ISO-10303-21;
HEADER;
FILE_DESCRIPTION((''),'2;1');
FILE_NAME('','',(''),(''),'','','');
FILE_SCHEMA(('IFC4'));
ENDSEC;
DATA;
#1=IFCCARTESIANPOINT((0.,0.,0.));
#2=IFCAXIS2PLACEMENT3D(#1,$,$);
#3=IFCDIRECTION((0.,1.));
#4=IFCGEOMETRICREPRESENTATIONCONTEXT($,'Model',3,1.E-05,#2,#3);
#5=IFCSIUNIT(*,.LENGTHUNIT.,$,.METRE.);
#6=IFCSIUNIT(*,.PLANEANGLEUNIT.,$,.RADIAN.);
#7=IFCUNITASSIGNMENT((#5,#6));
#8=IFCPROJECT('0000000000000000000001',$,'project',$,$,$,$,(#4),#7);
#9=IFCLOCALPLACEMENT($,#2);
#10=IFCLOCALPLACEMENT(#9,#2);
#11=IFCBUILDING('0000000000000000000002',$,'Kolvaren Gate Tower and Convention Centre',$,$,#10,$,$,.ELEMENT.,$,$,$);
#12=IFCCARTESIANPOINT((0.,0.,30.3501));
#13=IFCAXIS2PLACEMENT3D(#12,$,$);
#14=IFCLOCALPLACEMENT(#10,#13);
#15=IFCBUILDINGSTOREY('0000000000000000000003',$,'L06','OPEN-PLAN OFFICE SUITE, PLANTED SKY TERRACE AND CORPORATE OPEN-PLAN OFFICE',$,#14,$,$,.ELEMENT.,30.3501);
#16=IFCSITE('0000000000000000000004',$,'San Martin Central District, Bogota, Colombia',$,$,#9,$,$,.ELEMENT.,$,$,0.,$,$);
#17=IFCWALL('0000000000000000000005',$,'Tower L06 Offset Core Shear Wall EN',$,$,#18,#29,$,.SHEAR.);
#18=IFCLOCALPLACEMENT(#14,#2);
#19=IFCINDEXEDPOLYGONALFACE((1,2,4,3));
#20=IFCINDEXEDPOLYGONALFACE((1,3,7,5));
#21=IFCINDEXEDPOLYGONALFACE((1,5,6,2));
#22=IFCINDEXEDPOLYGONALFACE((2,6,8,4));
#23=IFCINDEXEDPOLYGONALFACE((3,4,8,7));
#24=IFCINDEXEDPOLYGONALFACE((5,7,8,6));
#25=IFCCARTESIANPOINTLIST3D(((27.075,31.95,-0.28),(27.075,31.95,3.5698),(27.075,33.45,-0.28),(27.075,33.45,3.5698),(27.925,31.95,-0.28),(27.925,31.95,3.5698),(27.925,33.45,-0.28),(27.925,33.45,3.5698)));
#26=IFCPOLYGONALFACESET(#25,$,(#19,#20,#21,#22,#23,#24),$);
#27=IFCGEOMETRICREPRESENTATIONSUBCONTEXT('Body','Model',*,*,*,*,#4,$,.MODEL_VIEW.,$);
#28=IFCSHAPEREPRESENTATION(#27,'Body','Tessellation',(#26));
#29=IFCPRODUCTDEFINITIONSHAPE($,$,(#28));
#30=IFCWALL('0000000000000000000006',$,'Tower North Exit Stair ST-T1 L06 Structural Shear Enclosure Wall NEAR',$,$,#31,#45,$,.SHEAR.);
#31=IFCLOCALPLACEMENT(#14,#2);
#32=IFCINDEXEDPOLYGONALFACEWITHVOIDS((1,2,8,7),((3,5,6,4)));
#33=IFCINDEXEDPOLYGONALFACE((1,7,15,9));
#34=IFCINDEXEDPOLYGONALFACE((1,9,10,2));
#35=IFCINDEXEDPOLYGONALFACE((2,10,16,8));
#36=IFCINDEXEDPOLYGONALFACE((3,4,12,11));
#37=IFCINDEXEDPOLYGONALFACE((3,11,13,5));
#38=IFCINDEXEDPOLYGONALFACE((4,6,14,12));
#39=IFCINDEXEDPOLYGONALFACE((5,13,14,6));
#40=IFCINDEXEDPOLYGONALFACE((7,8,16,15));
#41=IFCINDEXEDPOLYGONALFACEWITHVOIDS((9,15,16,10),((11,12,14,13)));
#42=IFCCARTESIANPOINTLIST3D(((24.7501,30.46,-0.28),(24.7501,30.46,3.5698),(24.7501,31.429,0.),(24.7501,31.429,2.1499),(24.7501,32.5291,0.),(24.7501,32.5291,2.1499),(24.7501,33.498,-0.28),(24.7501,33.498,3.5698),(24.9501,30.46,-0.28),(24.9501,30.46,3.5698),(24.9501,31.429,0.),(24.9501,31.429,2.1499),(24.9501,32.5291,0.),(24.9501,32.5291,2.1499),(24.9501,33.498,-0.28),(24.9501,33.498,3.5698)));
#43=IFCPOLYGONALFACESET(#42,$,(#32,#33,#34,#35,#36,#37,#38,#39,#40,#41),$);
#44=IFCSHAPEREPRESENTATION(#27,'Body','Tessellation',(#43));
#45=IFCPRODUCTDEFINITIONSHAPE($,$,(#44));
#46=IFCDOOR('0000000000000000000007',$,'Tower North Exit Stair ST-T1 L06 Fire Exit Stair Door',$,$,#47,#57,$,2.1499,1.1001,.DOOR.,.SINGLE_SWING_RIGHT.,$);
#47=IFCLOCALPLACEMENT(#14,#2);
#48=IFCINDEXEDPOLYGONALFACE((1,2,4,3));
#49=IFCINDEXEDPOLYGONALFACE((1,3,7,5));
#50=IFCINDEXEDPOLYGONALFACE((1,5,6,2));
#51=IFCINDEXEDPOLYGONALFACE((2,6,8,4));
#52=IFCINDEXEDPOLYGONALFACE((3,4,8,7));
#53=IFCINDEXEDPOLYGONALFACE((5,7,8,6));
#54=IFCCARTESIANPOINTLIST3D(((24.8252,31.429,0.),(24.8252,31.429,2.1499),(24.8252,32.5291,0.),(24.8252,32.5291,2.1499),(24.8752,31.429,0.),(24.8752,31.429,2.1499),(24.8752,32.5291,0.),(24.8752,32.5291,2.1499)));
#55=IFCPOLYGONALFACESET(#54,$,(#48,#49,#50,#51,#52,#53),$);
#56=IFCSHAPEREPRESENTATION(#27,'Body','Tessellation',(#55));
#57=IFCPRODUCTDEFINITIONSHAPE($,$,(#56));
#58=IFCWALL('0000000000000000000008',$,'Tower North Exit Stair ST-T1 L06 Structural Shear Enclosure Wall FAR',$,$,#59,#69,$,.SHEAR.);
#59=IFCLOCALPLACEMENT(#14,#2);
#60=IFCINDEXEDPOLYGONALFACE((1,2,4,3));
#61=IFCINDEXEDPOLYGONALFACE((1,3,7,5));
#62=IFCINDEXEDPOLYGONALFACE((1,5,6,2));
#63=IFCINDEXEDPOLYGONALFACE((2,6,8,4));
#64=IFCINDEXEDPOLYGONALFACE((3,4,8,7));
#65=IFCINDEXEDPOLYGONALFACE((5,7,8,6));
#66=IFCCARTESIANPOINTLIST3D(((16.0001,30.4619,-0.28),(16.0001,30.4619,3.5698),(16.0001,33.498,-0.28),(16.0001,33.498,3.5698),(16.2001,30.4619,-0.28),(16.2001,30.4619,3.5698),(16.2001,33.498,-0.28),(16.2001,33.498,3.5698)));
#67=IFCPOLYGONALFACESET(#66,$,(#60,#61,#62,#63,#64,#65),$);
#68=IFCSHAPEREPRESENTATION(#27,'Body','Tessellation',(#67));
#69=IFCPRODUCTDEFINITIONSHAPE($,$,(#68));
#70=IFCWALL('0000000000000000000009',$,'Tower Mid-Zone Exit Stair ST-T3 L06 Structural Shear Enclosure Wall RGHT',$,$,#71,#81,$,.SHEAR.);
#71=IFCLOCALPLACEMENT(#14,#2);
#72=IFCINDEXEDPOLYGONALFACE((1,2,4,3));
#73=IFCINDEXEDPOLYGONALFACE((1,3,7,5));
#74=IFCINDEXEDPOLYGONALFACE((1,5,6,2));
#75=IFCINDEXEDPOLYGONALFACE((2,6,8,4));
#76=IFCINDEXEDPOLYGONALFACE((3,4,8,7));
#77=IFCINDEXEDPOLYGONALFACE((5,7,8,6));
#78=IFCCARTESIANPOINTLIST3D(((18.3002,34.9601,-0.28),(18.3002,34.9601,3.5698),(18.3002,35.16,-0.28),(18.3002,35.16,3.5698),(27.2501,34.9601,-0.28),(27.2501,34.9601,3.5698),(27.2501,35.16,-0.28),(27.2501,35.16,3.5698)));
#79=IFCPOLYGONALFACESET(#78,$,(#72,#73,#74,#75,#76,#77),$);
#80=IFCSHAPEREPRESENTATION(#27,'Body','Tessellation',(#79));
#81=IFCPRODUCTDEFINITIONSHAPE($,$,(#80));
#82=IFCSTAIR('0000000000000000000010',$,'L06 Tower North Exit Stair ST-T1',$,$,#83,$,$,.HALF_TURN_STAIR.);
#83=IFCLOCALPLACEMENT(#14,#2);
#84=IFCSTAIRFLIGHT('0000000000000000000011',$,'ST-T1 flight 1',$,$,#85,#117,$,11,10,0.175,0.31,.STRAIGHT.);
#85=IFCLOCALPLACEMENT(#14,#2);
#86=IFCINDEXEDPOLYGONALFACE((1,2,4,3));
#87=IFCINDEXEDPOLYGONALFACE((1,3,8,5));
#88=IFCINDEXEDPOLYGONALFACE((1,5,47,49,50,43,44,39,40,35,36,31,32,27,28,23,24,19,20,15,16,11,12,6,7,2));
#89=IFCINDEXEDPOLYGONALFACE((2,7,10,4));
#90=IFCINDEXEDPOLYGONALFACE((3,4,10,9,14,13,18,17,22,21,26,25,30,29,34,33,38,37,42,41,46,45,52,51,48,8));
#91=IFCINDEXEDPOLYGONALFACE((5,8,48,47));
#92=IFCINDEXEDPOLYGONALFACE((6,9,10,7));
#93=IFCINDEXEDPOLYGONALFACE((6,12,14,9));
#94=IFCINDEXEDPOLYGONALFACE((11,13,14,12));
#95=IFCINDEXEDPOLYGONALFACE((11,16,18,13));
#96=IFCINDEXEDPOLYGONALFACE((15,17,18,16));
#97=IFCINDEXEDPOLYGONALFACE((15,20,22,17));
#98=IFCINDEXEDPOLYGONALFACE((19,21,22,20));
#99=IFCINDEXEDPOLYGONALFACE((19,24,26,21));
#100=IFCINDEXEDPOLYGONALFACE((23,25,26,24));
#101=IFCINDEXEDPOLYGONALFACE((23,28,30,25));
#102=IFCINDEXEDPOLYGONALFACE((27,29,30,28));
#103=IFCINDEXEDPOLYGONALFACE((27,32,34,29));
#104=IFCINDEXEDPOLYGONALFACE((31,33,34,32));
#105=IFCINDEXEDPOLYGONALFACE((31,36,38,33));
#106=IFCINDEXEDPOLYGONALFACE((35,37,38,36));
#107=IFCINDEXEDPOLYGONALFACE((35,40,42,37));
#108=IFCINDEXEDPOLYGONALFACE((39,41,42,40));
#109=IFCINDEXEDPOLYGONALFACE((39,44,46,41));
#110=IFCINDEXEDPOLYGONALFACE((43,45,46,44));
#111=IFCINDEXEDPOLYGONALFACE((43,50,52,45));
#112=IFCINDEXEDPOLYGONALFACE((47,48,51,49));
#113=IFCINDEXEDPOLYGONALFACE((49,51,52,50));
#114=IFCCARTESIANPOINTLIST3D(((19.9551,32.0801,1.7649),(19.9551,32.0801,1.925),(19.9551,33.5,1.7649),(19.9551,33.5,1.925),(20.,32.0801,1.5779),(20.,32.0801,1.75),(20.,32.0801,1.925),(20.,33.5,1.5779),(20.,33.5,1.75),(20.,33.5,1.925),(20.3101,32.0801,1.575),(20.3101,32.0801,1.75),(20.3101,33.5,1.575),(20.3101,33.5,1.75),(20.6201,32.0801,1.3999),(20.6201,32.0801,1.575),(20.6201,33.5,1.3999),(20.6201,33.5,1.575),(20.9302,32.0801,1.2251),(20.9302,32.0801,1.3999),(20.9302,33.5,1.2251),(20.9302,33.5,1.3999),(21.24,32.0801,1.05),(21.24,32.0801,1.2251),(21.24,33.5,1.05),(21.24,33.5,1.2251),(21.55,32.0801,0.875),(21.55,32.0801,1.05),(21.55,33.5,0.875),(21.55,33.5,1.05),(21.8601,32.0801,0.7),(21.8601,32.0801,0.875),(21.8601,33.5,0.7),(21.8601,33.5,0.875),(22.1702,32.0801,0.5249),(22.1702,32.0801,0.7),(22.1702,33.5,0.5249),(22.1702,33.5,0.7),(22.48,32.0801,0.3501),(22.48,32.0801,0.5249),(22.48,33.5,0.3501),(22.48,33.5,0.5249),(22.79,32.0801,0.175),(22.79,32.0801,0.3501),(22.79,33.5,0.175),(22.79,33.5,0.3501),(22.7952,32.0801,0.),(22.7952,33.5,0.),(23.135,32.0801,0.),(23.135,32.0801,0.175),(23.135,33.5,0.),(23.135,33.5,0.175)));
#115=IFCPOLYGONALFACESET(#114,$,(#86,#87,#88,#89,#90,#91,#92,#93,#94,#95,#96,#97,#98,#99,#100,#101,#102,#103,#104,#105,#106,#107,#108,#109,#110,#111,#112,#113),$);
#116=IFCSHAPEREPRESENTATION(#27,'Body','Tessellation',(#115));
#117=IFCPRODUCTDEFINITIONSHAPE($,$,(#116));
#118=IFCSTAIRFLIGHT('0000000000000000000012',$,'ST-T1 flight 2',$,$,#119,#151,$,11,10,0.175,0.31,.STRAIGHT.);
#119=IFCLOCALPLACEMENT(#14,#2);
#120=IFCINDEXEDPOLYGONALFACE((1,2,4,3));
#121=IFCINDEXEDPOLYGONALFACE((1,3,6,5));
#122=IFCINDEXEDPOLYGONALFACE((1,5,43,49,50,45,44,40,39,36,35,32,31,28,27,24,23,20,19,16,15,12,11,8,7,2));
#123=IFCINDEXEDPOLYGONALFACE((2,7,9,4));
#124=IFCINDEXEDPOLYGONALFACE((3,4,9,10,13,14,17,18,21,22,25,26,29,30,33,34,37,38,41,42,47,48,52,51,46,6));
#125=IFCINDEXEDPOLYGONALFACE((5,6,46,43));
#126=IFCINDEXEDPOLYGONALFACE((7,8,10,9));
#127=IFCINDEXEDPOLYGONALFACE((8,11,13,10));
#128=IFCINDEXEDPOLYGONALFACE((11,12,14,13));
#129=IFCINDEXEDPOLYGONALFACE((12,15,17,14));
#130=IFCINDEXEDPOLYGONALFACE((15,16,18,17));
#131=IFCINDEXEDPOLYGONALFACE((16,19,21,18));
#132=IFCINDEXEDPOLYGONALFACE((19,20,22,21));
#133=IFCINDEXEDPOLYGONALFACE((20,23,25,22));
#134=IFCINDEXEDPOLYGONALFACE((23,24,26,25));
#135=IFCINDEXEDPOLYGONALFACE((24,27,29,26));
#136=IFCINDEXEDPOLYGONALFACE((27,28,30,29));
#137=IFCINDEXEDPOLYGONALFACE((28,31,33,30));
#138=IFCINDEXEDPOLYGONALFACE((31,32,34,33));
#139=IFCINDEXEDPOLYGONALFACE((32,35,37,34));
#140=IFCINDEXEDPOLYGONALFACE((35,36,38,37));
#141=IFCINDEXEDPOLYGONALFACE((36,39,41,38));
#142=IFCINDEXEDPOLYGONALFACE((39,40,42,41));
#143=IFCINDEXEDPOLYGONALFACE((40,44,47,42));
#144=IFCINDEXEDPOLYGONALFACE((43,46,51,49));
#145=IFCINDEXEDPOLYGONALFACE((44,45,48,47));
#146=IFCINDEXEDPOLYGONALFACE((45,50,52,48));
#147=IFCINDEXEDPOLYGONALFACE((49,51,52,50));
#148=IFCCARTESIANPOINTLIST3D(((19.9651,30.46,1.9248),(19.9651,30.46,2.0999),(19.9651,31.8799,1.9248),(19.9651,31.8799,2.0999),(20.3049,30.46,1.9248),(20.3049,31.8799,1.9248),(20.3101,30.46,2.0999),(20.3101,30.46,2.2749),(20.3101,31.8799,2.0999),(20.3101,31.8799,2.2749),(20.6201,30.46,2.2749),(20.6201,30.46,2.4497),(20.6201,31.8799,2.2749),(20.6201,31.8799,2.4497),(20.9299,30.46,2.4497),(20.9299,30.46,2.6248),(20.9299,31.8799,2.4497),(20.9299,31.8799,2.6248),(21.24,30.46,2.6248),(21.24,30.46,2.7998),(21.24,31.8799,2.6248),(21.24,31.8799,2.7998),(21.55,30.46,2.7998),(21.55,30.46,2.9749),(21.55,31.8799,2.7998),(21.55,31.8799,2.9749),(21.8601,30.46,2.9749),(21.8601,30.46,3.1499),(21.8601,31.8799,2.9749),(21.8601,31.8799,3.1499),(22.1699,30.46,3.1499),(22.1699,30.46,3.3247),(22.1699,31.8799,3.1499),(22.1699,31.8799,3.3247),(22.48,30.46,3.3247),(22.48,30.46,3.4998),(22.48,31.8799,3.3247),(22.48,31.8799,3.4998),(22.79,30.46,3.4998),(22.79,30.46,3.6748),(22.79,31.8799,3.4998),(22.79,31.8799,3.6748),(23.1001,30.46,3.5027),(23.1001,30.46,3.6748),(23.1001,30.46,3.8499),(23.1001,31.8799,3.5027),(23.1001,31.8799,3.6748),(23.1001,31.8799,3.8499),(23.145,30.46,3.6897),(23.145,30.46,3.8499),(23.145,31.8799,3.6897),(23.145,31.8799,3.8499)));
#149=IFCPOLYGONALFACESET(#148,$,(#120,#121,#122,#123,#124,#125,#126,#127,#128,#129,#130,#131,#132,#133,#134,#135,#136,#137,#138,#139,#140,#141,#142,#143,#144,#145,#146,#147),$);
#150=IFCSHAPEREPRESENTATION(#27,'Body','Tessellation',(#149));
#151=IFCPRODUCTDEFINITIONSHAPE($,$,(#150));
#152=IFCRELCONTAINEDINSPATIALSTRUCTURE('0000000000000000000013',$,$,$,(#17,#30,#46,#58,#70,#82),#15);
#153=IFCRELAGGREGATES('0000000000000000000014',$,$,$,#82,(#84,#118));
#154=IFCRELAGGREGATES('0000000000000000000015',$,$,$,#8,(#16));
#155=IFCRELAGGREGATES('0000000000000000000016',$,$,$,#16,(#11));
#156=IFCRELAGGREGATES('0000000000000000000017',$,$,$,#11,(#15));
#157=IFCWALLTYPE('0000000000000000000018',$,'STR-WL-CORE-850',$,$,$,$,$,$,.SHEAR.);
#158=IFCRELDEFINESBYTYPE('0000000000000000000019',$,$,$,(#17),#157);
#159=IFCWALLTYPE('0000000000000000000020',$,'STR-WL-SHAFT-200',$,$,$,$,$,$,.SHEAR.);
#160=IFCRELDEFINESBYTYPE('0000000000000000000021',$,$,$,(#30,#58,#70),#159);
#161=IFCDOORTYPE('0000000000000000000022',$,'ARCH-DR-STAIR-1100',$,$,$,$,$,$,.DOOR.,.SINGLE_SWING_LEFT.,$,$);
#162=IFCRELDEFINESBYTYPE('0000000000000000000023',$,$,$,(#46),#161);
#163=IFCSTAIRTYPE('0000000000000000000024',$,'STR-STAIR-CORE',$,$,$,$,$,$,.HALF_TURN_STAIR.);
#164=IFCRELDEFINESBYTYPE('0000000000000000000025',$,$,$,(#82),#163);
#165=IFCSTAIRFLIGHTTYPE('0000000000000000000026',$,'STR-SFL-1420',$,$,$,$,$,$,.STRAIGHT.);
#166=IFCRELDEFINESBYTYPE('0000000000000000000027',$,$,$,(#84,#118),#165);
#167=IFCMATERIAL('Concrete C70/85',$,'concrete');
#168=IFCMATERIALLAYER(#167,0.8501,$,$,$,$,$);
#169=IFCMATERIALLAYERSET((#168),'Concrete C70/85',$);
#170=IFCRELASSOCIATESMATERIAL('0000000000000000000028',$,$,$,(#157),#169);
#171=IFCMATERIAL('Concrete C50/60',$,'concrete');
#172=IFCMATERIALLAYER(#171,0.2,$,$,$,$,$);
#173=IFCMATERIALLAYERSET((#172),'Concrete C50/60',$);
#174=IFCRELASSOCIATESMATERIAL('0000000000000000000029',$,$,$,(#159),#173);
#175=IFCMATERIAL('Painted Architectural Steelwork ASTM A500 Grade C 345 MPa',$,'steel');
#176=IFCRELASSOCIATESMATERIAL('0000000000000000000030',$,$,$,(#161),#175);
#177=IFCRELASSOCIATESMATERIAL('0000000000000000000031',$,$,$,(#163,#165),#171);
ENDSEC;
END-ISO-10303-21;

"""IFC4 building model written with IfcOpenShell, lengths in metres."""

from ifc_helpers import new_model, si_unit, direction, frame, frame_2d, origin, place, context, subcontext, project, spatial, polyline, rectangle, outline, extrude, material, layer, layer_set, type_object, element, fill, aggregate, save


model = new_model("IFC4")

# Units and contexts
model_context = context("Model", 3, precision=1e-05, world=origin(), true_north=direction((0.0, 1.0)))
body_context = subcontext(model_context, "Body", "Model", "MODEL_VIEW")
ifc_project = project(units=[si_unit("LENGTHUNIT", "METRE"), si_unit("PLANEANGLEUNIT", "RADIAN")], contexts=[model_context])

# Site, building, storey
site_placement = place(None, origin())
site = spatial("IfcSite", under=ifc_project, at=site_placement, Name="San Martin Central District, Bogota, Colombia", CompositionType="ELEMENT", RefElevation=0.0)
building_placement = place(site_placement, origin())
building = spatial("IfcBuilding", under=site, at=building_placement, Name="Kolvaren Gate Tower and Convention Centre", CompositionType="ELEMENT")
storey_placement = place(building_placement, frame((0.0, 0.0, 30.3501)))
storey = spatial("IfcBuildingStorey", under=building, at=storey_placement, Name="L06", Description="OPEN-PLAN OFFICE SUITE, PLANTED SKY TERRACE AND CORPORATE OPEN-PLAN OFFICE", CompositionType="ELEMENT", Elevation=30.3501)

# Wall
ifc_material_1 = material(Name="Concrete C70/85", Category="concrete")
ifc_layer_1 = layer(ifc_material_1, 0.8501)
ifc_layer_set_1 = layer_set([ifc_layer_1], Name="Concrete C70/85")
wall_type_1 = type_object("IfcWallType", Name="STR-WL-CORE-850", PredefinedType="SHEAR", material=ifc_layer_set_1)
wall_1_placement = place(storey_placement, frame((27.5, 31.95, -0.28), z_axis=(0.0, 0.0, 1.0), x_axis=(0.0, 1.0, 0.0)))
element("IfcWall", 1, at=wall_1_placement, inside=storey, type_object=wall_type_1, Name="Tower L06 Offset Core Shear Wall EN", PredefinedType="SHEAR", context=body_context, shape_type="SweptSolid", body=[
    extrude(rectangle(XDim=1.5, YDim=0.8501, at=frame_2d((0.75, 0.0))), origin(), (0.0, 0.0, 1.0), 3.8499),
])

# Wall, opening, door
ifc_material_2 = material(Name="Concrete C50/60", Category="concrete")
ifc_layer_2 = layer(ifc_material_2, 0.2)
ifc_layer_set_2 = layer_set([ifc_layer_2], Name="Concrete C50/60")
wall_type_2 = type_object("IfcWallType", Name="STR-WL-SHAFT-200", PredefinedType="SHEAR", material=ifc_layer_set_2)
wall_2_placement = place(storey_placement, frame((24.8501, 30.46, -0.28), z_axis=(0.0, 0.0, 1.0), x_axis=(0.0, 1.0, 0.0)))
wall_2 = element("IfcWall", 2, at=wall_2_placement, inside=storey, type_object=wall_type_2, Name="Tower North Exit Stair ST-T1 L06 Structural Shear Enclosure Wall NEAR", PredefinedType="SHEAR", context=body_context, shape_type="SweptSolid", body=[
    extrude(rectangle(XDim=3.0381, YDim=0.2, at=frame_2d((1.519, 0.0))), origin(), (0.0, 0.0, 1.0), 3.8499),
])
opening_1_placement = place(wall_2_placement, frame((0.969, 0.0, 0.28)))
opening_1 = element("IfcOpeningElement", 3, at=opening_1_placement, cuts=wall_2, PredefinedType="OPENING", context=body_context, shape_type="SweptSolid", body=[
    extrude(rectangle(XDim=1.1001, YDim=2.1499, at=frame_2d((0.55, 1.075))), frame((0.0, 0.1099, 0.0), z_axis=(0.0, -1.0, 0.0), x_axis=(1.0, 0.0, 0.0)), (0.0, 0.0, 1.0), 0.22),
])
ifc_material_3 = material(Name="Painted Architectural Steelwork ASTM A500 Grade C 345 MPa", Category="steel")
door_type_1 = type_object("IfcDoorType", Name="ARCH-DR-STAIR-1100", OperationType="SINGLE_SWING_LEFT", PredefinedType="DOOR", material=ifc_material_3)
door_1_placement = place(opening_1_placement, origin())
door_1 = element("IfcDoor", 4, at=door_1_placement, inside=storey, type_object=door_type_1, Name="Tower North Exit Stair ST-T1 L06 Fire Exit Stair Door", OperationType="SINGLE_SWING_RIGHT", OverallHeight=2.1499, OverallWidth=1.1001, PredefinedType="DOOR", context=body_context, shape_type="SweptSolid", body=[
    extrude(rectangle(XDim=1.1001, YDim=2.1499, at=frame_2d((0.55, 1.075))), frame((0.0, 0.0249, 0.0), z_axis=(0.0, -1.0, 0.0), x_axis=(1.0, 0.0, 0.0)), (0.0, 0.0, 1.0), 0.05),
])
fill(opening_1, door_1)

# Walls
wall_3_placement = place(storey_placement, frame((16.1001, 30.4619, -0.28), z_axis=(0.0, 0.0, 1.0), x_axis=(0.0, 1.0, 0.0)))
element("IfcWall", 5, at=wall_3_placement, inside=storey, type_object=wall_type_2, Name="Tower North Exit Stair ST-T1 L06 Structural Shear Enclosure Wall FAR", PredefinedType="SHEAR", context=body_context, shape_type="SweptSolid", body=[
    extrude(rectangle(XDim=3.0361, YDim=0.2, at=frame_2d((1.5181, 0.0))), origin(), (0.0, 0.0, 1.0), 3.8499),
])
wall_4_placement = place(storey_placement, frame((18.3, 35.0601, -0.28), z_axis=(0.0, 0.0, 1.0), x_axis=(1.0, 0.0, 0.0)))
element("IfcWall", 6, at=wall_4_placement, inside=storey, type_object=wall_type_2, Name="Tower Mid-Zone Exit Stair ST-T3 L06 Structural Shear Enclosure Wall RGHT", PredefinedType="SHEAR", context=body_context, shape_type="SweptSolid", body=[
    extrude(rectangle(XDim=8.95, YDim=0.2, at=frame_2d((4.4751, 0.0))), origin(), (0.0, 0.0, 1.0), 3.8499),
])

# Stair, stair flights
stair_type = type_object("IfcStairType", Name="STR-STAIR-CORE", PredefinedType="HALF_TURN_STAIR", material=ifc_material_2)
stair_placement = place(storey_placement, origin())
stair = element("IfcStair", 7, at=stair_placement, inside=storey, type_object=stair_type, Name="L06 Tower North Exit Stair ST-T1", PredefinedType="HALF_TURN_STAIR")
stair_flight_type = type_object("IfcStairFlightType", Name="STR-SFL-1420", PredefinedType="STRAIGHT", material=ifc_material_2)
stair_flight_1_placement = place(storey_placement, frame((23.1001, 32.79, 0.0), z_axis=(0.0, 0.0, 1.0), x_axis=(-1.0, 0.0, 0.0)))
stair_flight_1 = element("IfcStairFlight", 8, at=stair_flight_1_placement, type_object=stair_flight_type, Name="ST-T1 flight 1", NumberOfRisers=11, NumberOfTreads=10, PredefinedType="STRAIGHT", RiserHeight=0.175, TreadLength=0.31, context=body_context, shape_type="SweptSolid", body=[
    extrude(outline(polyline([(-0.0349, 0.0), (-0.0349, 0.175), (0.3101, 0.175), (0.3101, 0.3501), (0.6201, 0.3501), (0.6201, 0.5249), (0.9299, 0.5249), (0.9299, 0.7), (1.24, 0.7), (1.24, 0.875), (1.55, 0.875), (1.55, 1.05), (1.8601, 1.05), (1.8601, 1.2251), (2.1699, 1.2251), (2.1699, 1.3999), (2.48, 1.3999), (2.48, 1.575), (2.79, 1.575), (2.79, 1.75), (3.1001, 1.75), (3.1001, 1.925), (3.145, 1.925), (3.145, 1.7649), (3.1001, 1.5779), (0.3049, 0.0), (-0.0349, 0.0)])), frame((0.0, 0.71, 0.0), z_axis=(0.0, -1.0, 0.0), x_axis=(1.0, 0.0, 0.0)), (0.0, 0.0, 1.0), 1.4199),
])
stair_flight_2_placement = place(storey_placement, frame((20.0, 31.1699, 1.9248), z_axis=(0.0, 0.0, 1.0), x_axis=(1.0, 0.0, 0.0)))
stair_flight_2 = element("IfcStairFlight", 9, at=stair_flight_2_placement, type_object=stair_flight_type, Name="ST-T1 flight 2", NumberOfRisers=11, NumberOfTreads=10, PredefinedType="STRAIGHT", RiserHeight=0.175, TreadLength=0.31, context=body_context, shape_type="SweptSolid", body=[
    extrude(outline(polyline([(-0.0349, 0.0), (-0.0349, 0.175), (0.3101, 0.175), (0.3101, 0.3501), (0.6201, 0.3501), (0.6201, 0.5249), (0.9299, 0.5249), (0.9299, 0.7), (1.24, 0.7), (1.24, 0.875), (1.55, 0.875), (1.55, 1.05), (1.8601, 1.05), (1.8601, 1.2251), (2.1699, 1.2251), (2.1699, 1.3999), (2.48, 1.3999), (2.48, 1.575), (2.79, 1.575), (2.79, 1.75), (3.1001, 1.75), (3.1001, 1.925), (3.145, 1.925), (3.145, 1.7649), (3.1001, 1.5779), (0.3049, 0.0), (-0.0349, 0.0)])), frame((0.0, 0.71, 0.0), z_axis=(0.0, -1.0, 0.0), x_axis=(1.0, 0.0, 0.0)), (0.0, 0.0, 1.0), 1.4199),
])
aggregate(stair, [stair_flight_1, stair_flight_2])

save(model, "model.ifc")
